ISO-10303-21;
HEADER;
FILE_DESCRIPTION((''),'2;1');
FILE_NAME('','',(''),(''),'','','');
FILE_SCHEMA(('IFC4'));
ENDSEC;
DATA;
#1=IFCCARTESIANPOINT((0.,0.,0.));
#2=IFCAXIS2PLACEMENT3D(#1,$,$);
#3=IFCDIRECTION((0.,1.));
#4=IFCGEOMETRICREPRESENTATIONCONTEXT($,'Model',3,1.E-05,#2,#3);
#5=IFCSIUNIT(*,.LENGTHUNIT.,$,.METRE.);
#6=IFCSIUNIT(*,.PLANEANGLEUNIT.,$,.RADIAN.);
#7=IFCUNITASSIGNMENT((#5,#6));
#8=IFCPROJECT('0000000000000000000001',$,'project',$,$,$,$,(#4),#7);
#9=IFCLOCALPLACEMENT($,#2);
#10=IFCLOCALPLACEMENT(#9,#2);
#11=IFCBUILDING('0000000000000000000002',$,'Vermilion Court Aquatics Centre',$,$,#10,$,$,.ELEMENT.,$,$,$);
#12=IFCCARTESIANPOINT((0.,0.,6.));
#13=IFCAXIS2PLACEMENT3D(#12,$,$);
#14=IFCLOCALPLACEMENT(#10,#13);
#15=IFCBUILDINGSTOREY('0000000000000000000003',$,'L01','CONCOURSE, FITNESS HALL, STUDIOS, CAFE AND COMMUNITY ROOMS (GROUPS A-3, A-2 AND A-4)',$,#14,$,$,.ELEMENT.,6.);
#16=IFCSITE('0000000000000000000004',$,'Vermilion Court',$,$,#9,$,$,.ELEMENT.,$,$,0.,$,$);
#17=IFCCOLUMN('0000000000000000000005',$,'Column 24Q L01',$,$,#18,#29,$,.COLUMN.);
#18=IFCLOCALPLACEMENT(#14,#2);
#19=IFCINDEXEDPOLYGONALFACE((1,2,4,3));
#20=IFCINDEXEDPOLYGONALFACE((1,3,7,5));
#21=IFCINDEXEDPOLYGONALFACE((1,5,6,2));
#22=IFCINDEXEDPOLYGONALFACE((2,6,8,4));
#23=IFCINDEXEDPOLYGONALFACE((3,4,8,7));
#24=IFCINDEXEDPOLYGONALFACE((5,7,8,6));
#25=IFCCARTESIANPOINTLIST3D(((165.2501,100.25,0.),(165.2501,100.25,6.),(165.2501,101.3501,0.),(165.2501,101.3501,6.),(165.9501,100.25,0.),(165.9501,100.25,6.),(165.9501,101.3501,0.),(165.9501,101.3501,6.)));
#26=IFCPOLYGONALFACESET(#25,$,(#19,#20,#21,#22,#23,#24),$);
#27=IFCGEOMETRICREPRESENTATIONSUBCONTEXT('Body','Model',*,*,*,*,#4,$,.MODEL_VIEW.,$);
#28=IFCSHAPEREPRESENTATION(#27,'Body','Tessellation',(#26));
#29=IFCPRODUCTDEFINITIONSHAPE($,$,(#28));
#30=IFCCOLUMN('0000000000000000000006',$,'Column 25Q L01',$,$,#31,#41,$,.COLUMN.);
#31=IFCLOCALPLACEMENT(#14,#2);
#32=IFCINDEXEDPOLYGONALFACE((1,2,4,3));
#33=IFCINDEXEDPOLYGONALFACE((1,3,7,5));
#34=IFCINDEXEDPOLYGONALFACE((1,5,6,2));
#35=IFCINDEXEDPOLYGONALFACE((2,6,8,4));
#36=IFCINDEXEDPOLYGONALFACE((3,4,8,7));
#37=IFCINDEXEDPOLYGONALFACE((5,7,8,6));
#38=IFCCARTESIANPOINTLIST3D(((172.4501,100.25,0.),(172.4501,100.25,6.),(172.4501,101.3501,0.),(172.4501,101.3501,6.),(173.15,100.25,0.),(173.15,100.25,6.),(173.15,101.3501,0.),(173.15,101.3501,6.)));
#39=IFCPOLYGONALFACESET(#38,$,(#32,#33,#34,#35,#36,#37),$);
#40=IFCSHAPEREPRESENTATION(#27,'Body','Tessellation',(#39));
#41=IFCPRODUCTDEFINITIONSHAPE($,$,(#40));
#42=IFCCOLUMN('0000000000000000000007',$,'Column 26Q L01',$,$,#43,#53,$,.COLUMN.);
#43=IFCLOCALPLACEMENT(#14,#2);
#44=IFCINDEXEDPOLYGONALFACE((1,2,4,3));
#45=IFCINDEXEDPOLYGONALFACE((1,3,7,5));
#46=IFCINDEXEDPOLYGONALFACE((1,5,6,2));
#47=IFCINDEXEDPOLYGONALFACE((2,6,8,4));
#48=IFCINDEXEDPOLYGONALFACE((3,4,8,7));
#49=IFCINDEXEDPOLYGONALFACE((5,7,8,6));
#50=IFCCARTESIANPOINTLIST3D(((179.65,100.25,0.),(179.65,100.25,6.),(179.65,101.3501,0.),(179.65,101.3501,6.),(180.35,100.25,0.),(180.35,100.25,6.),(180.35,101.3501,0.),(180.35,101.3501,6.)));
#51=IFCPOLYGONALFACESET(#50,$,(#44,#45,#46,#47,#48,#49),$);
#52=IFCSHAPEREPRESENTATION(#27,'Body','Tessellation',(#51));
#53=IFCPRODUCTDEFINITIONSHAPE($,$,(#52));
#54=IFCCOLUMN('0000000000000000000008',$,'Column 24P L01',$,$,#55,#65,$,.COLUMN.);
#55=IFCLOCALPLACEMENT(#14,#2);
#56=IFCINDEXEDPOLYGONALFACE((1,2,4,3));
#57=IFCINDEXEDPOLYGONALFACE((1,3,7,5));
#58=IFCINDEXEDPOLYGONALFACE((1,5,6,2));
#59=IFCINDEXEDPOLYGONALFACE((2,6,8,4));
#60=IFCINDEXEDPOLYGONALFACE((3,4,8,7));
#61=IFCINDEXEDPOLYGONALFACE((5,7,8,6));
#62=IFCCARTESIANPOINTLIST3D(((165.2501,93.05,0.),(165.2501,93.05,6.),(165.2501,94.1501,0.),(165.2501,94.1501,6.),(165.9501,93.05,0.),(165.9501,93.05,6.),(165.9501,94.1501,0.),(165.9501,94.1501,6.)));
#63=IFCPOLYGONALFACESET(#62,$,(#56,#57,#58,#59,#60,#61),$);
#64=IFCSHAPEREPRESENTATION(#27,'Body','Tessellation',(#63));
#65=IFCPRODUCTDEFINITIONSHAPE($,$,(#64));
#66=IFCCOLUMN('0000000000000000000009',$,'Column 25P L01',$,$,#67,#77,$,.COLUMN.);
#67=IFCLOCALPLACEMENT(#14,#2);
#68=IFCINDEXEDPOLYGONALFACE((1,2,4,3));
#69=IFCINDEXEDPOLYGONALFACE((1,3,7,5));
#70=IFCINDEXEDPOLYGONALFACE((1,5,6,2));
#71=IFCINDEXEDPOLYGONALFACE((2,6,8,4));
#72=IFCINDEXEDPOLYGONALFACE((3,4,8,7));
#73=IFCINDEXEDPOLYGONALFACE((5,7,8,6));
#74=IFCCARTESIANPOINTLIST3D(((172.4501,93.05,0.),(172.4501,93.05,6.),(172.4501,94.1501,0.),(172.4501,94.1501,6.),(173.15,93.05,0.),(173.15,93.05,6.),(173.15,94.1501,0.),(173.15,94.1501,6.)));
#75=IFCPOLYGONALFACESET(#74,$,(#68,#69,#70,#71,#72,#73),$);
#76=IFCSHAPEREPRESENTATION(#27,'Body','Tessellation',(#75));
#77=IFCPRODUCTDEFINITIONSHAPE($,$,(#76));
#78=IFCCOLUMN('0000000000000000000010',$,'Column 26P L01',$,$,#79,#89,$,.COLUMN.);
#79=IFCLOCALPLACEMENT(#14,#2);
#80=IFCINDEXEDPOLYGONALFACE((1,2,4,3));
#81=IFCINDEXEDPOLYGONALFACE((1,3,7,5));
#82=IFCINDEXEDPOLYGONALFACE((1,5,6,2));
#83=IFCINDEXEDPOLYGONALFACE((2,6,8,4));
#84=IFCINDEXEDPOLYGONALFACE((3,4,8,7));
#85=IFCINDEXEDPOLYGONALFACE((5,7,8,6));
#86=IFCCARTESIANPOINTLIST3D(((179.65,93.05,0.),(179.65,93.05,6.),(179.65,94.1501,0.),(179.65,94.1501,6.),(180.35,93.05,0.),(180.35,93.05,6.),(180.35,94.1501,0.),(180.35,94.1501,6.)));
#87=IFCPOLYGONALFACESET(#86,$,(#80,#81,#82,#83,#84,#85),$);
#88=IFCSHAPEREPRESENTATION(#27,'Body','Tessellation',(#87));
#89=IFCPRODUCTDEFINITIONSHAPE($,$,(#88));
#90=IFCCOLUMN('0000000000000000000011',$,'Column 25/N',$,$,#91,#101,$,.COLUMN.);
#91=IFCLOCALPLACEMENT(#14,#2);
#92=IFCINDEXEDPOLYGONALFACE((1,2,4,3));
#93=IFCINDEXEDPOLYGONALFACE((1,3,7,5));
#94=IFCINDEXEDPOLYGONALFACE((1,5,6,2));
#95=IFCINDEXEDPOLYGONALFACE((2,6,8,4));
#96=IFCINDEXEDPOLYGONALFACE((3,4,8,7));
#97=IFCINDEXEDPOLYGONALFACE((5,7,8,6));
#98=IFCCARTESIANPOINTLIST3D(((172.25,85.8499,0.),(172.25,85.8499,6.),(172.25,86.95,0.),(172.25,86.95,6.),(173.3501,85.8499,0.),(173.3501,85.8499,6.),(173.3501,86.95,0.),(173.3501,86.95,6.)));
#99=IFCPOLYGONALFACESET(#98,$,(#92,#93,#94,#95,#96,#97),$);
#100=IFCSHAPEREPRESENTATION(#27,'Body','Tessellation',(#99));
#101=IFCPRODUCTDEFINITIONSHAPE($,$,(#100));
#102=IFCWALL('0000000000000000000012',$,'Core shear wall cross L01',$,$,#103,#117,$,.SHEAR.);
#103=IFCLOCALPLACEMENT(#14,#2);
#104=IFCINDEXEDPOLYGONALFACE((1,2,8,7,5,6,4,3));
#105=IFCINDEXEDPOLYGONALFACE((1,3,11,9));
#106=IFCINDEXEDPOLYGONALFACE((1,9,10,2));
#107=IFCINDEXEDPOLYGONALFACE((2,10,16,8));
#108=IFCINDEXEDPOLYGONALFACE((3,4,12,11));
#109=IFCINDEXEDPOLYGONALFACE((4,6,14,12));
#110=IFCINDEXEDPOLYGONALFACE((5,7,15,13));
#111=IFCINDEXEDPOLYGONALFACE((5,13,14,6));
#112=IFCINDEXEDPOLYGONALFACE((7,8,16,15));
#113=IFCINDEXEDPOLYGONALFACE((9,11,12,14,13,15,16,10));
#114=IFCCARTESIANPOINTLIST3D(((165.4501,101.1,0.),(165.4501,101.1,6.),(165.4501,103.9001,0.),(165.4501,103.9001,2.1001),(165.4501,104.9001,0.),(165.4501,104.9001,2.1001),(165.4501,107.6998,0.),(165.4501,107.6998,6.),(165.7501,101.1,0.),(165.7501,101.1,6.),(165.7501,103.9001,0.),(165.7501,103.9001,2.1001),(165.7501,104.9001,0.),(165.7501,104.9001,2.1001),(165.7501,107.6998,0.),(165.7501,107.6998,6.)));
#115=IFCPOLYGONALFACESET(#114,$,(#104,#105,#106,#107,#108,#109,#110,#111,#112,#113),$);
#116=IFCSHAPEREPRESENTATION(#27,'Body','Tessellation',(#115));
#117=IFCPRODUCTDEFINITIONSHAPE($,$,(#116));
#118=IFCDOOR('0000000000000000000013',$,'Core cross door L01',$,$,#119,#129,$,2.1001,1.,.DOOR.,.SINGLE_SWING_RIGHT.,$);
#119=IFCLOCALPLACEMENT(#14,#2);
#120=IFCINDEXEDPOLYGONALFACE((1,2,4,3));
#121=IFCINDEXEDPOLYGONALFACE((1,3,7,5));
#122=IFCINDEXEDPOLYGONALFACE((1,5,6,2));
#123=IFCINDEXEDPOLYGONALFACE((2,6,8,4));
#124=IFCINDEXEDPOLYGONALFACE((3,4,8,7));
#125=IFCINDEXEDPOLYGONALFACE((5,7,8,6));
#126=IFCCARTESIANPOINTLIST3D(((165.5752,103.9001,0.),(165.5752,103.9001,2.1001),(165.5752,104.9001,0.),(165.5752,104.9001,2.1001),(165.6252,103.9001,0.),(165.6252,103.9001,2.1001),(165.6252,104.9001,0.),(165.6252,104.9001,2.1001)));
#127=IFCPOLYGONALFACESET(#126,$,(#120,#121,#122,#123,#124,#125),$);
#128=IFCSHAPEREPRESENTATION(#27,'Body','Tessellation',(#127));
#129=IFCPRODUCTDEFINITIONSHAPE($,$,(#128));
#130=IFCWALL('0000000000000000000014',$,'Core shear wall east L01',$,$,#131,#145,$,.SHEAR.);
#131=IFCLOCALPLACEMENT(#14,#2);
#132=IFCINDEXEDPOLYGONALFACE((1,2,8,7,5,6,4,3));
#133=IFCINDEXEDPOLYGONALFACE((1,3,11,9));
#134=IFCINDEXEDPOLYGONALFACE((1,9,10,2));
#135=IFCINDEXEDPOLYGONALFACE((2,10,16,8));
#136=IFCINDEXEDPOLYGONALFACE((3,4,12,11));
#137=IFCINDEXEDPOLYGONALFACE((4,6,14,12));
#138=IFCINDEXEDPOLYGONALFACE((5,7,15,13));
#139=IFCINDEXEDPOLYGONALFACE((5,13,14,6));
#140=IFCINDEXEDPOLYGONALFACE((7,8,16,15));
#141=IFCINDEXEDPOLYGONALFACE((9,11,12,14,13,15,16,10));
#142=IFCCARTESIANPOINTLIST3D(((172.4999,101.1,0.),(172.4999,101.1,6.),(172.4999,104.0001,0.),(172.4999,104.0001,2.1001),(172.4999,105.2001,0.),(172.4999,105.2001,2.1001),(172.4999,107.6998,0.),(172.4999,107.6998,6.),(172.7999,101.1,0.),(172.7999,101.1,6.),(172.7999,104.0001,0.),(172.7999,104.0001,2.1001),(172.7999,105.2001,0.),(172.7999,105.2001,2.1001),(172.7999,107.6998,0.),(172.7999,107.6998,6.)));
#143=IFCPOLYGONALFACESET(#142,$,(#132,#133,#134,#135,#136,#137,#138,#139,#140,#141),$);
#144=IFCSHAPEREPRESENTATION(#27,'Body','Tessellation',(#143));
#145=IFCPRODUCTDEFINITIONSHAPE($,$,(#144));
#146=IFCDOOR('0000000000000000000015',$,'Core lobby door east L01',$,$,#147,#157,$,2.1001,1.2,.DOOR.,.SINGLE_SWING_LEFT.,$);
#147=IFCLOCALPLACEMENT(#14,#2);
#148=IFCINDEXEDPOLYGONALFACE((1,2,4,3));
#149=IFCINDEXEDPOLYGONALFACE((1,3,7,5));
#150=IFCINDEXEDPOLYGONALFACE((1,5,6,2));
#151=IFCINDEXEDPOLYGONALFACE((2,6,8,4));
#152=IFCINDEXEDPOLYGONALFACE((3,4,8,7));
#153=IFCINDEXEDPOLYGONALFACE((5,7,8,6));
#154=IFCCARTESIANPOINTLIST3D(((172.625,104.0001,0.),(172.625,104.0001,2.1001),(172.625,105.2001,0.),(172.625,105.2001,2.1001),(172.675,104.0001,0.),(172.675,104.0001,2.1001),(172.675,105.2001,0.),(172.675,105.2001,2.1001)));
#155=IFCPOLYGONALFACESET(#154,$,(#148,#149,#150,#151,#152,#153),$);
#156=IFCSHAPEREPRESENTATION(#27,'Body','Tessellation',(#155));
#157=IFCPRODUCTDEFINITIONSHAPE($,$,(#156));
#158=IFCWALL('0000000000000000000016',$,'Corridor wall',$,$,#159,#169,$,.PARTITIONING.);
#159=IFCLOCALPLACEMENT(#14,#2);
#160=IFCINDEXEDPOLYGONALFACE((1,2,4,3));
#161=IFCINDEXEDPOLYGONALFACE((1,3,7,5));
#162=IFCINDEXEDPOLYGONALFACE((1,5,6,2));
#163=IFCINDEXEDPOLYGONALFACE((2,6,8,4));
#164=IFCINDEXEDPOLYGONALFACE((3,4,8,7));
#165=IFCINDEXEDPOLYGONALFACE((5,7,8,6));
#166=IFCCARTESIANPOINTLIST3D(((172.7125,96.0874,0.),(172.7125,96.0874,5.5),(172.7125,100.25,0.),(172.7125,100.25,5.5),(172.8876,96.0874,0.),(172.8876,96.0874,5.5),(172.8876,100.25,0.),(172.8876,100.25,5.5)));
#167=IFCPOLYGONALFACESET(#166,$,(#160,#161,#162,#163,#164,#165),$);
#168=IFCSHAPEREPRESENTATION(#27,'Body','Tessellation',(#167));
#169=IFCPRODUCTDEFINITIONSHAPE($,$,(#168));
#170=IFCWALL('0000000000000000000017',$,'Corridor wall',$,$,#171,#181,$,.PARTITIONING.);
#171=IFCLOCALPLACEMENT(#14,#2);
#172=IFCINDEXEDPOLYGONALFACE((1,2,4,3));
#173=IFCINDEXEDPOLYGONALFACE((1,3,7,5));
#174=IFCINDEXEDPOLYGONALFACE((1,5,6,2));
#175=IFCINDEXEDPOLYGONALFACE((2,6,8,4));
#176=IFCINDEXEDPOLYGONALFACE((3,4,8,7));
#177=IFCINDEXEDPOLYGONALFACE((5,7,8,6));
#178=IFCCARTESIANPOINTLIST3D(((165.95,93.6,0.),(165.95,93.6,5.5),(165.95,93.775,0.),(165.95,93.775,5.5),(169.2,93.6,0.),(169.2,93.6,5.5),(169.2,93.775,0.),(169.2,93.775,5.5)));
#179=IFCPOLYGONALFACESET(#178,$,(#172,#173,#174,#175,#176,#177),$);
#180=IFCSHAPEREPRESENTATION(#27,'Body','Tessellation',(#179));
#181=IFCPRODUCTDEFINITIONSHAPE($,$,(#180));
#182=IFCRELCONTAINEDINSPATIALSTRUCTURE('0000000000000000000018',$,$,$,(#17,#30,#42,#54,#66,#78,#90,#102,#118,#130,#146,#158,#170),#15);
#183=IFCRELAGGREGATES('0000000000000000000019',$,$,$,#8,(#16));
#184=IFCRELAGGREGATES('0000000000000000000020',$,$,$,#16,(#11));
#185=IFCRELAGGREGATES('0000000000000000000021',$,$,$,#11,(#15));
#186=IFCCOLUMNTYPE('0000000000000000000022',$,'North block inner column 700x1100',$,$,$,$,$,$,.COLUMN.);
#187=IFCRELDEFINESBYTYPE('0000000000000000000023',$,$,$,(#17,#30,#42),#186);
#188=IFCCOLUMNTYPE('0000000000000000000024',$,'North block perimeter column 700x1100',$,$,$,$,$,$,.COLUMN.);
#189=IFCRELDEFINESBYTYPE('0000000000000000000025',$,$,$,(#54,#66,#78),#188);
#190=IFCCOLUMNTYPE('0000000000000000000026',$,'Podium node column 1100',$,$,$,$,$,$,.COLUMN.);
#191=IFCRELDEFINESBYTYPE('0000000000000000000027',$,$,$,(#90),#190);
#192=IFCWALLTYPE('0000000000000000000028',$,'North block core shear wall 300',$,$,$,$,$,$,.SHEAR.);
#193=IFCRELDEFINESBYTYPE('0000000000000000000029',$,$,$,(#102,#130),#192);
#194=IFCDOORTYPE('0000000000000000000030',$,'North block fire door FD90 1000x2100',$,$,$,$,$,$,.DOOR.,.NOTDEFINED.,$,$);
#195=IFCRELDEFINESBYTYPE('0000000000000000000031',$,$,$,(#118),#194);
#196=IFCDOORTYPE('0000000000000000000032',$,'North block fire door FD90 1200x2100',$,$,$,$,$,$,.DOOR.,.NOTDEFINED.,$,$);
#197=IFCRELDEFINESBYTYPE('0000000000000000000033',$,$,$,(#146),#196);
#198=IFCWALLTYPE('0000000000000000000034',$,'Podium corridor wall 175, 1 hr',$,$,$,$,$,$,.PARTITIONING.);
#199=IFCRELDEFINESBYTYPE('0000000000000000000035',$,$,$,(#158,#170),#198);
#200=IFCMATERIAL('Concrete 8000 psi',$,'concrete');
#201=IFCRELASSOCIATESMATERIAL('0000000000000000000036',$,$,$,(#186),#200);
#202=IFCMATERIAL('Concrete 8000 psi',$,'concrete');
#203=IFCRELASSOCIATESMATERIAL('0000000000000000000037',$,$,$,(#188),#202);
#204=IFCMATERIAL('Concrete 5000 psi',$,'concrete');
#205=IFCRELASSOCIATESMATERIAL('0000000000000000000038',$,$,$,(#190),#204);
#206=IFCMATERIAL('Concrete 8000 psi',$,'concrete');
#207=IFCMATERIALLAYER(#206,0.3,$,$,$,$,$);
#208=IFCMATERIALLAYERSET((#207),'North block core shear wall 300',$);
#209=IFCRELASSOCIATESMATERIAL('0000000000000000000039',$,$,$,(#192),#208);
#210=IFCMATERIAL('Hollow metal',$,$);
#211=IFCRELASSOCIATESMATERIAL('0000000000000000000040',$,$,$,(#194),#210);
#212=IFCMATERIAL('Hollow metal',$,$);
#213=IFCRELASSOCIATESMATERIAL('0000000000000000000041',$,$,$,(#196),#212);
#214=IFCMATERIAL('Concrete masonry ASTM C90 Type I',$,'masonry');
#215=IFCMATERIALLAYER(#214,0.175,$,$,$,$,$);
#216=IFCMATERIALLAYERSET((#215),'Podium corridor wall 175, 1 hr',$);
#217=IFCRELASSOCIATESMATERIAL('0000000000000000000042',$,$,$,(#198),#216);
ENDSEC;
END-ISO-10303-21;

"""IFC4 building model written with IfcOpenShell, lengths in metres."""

from ifc_helpers import new_model, si_unit, direction, frame, frame_2d, origin, origin_2d, place, context, subcontext, project, spatial, rectangle, extrude, material, layer, layer_set, material_profile, profile_set, type_object, element, fill, save


model = new_model("IFC4")

# Units and contexts
model_context = context("Model", 3, precision=1e-05, world=origin(), true_north=direction((0.0, 1.0)))
body_context = subcontext(model_context, "Body", "Model", "MODEL_VIEW")
ifc_project = project(units=[si_unit("LENGTHUNIT", "METRE"), si_unit("PLANEANGLEUNIT", "RADIAN")], contexts=[model_context])

# Site, building, storey
site_placement = place(None, origin())
site = spatial("IfcSite", under=ifc_project, at=site_placement, Name="Vermilion Court", CompositionType="ELEMENT", RefElevation=0.0)
building_placement = place(site_placement, origin())
building = spatial("IfcBuilding", under=site, at=building_placement, Name="Vermilion Court Aquatics Centre", CompositionType="ELEMENT")
storey_placement = place(building_placement, frame((0.0, 0.0, 6.0)))
storey = spatial("IfcBuildingStorey", under=building, at=storey_placement, Name="L01", Description="CONCOURSE, FITNESS HALL, STUDIOS, CAFE AND COMMUNITY ROOMS (GROUPS A-3, A-2 AND A-4)", CompositionType="ELEMENT", Elevation=6.0)

# Columns
ifc_material_1 = material(Name="Concrete 8000 psi", Category="concrete")
ifc_material_profile_1 = material_profile(ifc_material_1, rectangle(XDim=0.7, YDim=1.1001, at=origin_2d()), Name="RC 700x1100")
ifc_profile_set_1 = profile_set([ifc_material_profile_1], Name="Concrete 8000 psi")
column_type_1 = type_object("IfcColumnType", Name="North block inner column 700x1100", PredefinedType="COLUMN", material=ifc_profile_set_1)
for number, where, z_axis, x_axis, name in (
    (1, (165.6001, 100.8, 0.0), (0.0, 0.0, 1.0), (1.0, 0.0, 0.0), "Column 24Q L01"),
    (2, (172.8, 100.8, 0.0), (0.0, 0.0, 1.0), (1.0, 0.0, 0.0), "Column 25Q L01"),
    (3, (180.0, 100.8, 0.0), (0.0, 0.0, 1.0), (1.0, 0.0, 0.0), "Column 26Q L01"),
):
    element("IfcColumn", number, at=place(storey_placement, frame(where, z_axis=z_axis, x_axis=x_axis)), inside=storey, type_object=column_type_1, Name=name, PredefinedType="COLUMN", context=body_context, shape_type="SweptSolid", body=[
        extrude(rectangle(XDim=0.7, YDim=1.1001, at=origin_2d()), origin(), (0.0, 0.0, 1.0), 6.0),
    ])
ifc_material_2 = material(Name="Concrete 8000 psi", Category="concrete")
ifc_material_profile_2 = material_profile(ifc_material_2, rectangle(XDim=0.7, YDim=1.1001, at=origin_2d()), Name="RC 700x1100")
ifc_profile_set_2 = profile_set([ifc_material_profile_2], Name="Concrete 8000 psi")
column_type_2 = type_object("IfcColumnType", Name="North block perimeter column 700x1100", PredefinedType="COLUMN", material=ifc_profile_set_2)
for number, where, z_axis, x_axis, name in (
    (4, (165.6001, 93.6001, 0.0), (0.0, 0.0, 1.0), (1.0, 0.0, 0.0), "Column 24P L01"),
    (5, (172.8, 93.6001, 0.0), (0.0, 0.0, 1.0), (1.0, 0.0, 0.0), "Column 25P L01"),
    (6, (180.0, 93.6001, 0.0), (0.0, 0.0, 1.0), (1.0, 0.0, 0.0), "Column 26P L01"),
):
    element("IfcColumn", number, at=place(storey_placement, frame(where, z_axis=z_axis, x_axis=x_axis)), inside=storey, type_object=column_type_2, Name=name, PredefinedType="COLUMN", context=body_context, shape_type="SweptSolid", body=[
        extrude(rectangle(XDim=0.7, YDim=1.1001, at=origin_2d()), origin(), (0.0, 0.0, 1.0), 6.0),
    ])
ifc_material_3 = material(Name="Concrete 5000 psi", Category="concrete")
ifc_material_profile_3 = material_profile(ifc_material_3, rectangle(XDim=1.1001, YDim=1.1001, at=origin_2d()), Name="RC 1100x1100")
ifc_profile_set_3 = profile_set([ifc_material_profile_3], Name="Concrete 5000 psi")
column_type_3 = type_object("IfcColumnType", Name="Podium node column 1100", PredefinedType="COLUMN", material=ifc_profile_set_3)
column_placement = place(storey_placement, frame((172.8, 86.3999, 0.0), z_axis=(0.0, 0.0, 1.0), x_axis=(1.0, 0.0, 0.0)))
element("IfcColumn", 7, at=column_placement, inside=storey, type_object=column_type_3, Name="Column 25/N", PredefinedType="COLUMN", context=body_context, shape_type="SweptSolid", body=[
    extrude(rectangle(XDim=1.1001, YDim=1.1001, at=origin_2d()), origin(), (0.0, 0.0, 1.0), 6.0),
])

# Walls, openings, doors
ifc_material_4 = material(Name="Concrete 8000 psi", Category="concrete")
ifc_layer_1 = layer(ifc_material_4, 0.3)
ifc_layer_set_1 = layer_set([ifc_layer_1], Name="North block core shear wall 300")
wall_type_1 = type_object("IfcWallType", Name="North block core shear wall 300", PredefinedType="SHEAR", material=ifc_layer_set_1)
wall_1_placement = place(storey_placement, frame((165.6001, 101.1001, 0.0), z_axis=(0.0, 0.0, 1.0), x_axis=(0.0, 1.0, 0.0)))
wall_1 = element("IfcWall", 8, at=wall_1_placement, inside=storey, type_object=wall_type_1, Name="Core shear wall cross L01", PredefinedType="SHEAR", context=body_context, shape_type="SweptSolid", body=[
    extrude(rectangle(XDim=6.5999, YDim=0.3, at=frame_2d((3.2998, 0.0))), origin(), (0.0, 0.0, 1.0), 6.0),
])
opening_1_placement = place(wall_1_placement, frame((2.8, 0.0, 0.0)))
opening_1 = element("IfcOpeningElement", 9, at=opening_1_placement, cuts=wall_1, PredefinedType="OPENING", context=body_context, shape_type="SweptSolid", body=[
    extrude(rectangle(XDim=1.0, YDim=2.1001, at=frame_2d((0.5, 1.05))), frame((0.0, 0.1599, 0.0), z_axis=(0.0, -1.0, 0.0), x_axis=(1.0, 0.0, 0.0)), (0.0, 0.0, 1.0), 0.3201),
])
ifc_material_5 = material(Name="Hollow metal")
door_type_1 = type_object("IfcDoorType", Name="North block fire door FD90 1000x2100", OperationType="NOTDEFINED", PredefinedType="DOOR", material=ifc_material_5)
door_1_placement = place(opening_1_placement, frame((1.0, 0.0, 0.0), z_axis=(0.0, 0.0, 1.0), x_axis=(-1.0, 0.0, 0.0)))
door_1 = element("IfcDoor", 10, at=door_1_placement, inside=storey, type_object=door_type_1, Name="Core cross door L01", OperationType="SINGLE_SWING_RIGHT", OverallHeight=2.1001, OverallWidth=1.0, PredefinedType="DOOR", context=body_context, shape_type="SweptSolid", body=[
    extrude(rectangle(XDim=1.0, YDim=2.1001, at=frame_2d((0.5, 1.05))), frame((0.0, 0.0251, 0.0), z_axis=(0.0, -1.0, 0.0), x_axis=(1.0, 0.0, 0.0)), (0.0, 0.0, 1.0), 0.05),
])
fill(opening_1, door_1)
wall_2_placement = place(storey_placement, frame((172.6499, 101.1001, 0.0), z_axis=(0.0, 0.0, 1.0), x_axis=(0.0, 1.0, 0.0)))
wall_2 = element("IfcWall", 11, at=wall_2_placement, inside=storey, type_object=wall_type_1, Name="Core shear wall east L01", PredefinedType="SHEAR", context=body_context, shape_type="SweptSolid", body=[
    extrude(rectangle(XDim=6.5999, YDim=0.3, at=frame_2d((3.2998, 0.0))), origin(), (0.0, 0.0, 1.0), 6.0),
])
opening_2_placement = place(wall_2_placement, frame((2.8999, 0.0, 0.0)))
opening_2 = element("IfcOpeningElement", 12, at=opening_2_placement, cuts=wall_2, PredefinedType="OPENING", context=body_context, shape_type="SweptSolid", body=[
    extrude(rectangle(XDim=1.2, YDim=2.1001, at=frame_2d((0.6001, 1.05))), frame((0.0, 0.1599, 0.0), z_axis=(0.0, -1.0, 0.0), x_axis=(1.0, 0.0, 0.0)), (0.0, 0.0, 1.0), 0.3201),
])
ifc_material_6 = material(Name="Hollow metal")
door_type_2 = type_object("IfcDoorType", Name="North block fire door FD90 1200x2100", OperationType="NOTDEFINED", PredefinedType="DOOR", material=ifc_material_6)
door_2_placement = place(opening_2_placement, origin())
door_2 = element("IfcDoor", 13, at=door_2_placement, inside=storey, type_object=door_type_2, Name="Core lobby door east L01", OperationType="SINGLE_SWING_LEFT", OverallHeight=2.1001, OverallWidth=1.2, PredefinedType="DOOR", context=body_context, shape_type="SweptSolid", body=[
    extrude(rectangle(XDim=1.2, YDim=2.1001, at=frame_2d((0.6001, 1.05))), frame((0.0, 0.0249, 0.0), z_axis=(0.0, -1.0, 0.0), x_axis=(1.0, 0.0, 0.0)), (0.0, 0.0, 1.0), 0.05),
])
fill(opening_2, door_2)

# Walls
ifc_material_7 = material(Name="Concrete masonry ASTM C90 Type I", Category="masonry")
ifc_layer_2 = layer(ifc_material_7, 0.175)
ifc_layer_set_2 = layer_set([ifc_layer_2], Name="Podium corridor wall 175, 1 hr")
wall_type_2 = type_object("IfcWallType", Name="Podium corridor wall 175, 1 hr", PredefinedType="PARTITIONING", material=ifc_layer_set_2)
wall_3_placement = place(storey_placement, frame((172.8, 96.0874, 0.0), z_axis=(0.0, 0.0, 1.0), x_axis=(0.0, 1.0, 0.0)))
element("IfcWall", 14, at=wall_3_placement, inside=storey, type_object=wall_type_2, Name="Corridor wall", PredefinedType="PARTITIONING", context=body_context, shape_type="SweptSolid", body=[
    extrude(rectangle(XDim=4.1626, YDim=0.175, at=frame_2d((2.0813, 0.0))), origin(), (0.0, 0.0, 1.0), 5.5),
])
wall_4_placement = place(storey_placement, frame((165.95, 93.6875, 0.0), z_axis=(0.0, 0.0, 1.0), x_axis=(1.0, 0.0, 0.0)))
element("IfcWall", 15, at=wall_4_placement, inside=storey, type_object=wall_type_2, Name="Corridor wall", PredefinedType="PARTITIONING", context=body_context, shape_type="SweptSolid", body=[
    extrude(rectangle(XDim=3.25, YDim=0.175, at=frame_2d((1.625, 0.0))), origin(), (0.0, 0.0, 1.0), 5.5),
])

save(model, "model.ifc")
